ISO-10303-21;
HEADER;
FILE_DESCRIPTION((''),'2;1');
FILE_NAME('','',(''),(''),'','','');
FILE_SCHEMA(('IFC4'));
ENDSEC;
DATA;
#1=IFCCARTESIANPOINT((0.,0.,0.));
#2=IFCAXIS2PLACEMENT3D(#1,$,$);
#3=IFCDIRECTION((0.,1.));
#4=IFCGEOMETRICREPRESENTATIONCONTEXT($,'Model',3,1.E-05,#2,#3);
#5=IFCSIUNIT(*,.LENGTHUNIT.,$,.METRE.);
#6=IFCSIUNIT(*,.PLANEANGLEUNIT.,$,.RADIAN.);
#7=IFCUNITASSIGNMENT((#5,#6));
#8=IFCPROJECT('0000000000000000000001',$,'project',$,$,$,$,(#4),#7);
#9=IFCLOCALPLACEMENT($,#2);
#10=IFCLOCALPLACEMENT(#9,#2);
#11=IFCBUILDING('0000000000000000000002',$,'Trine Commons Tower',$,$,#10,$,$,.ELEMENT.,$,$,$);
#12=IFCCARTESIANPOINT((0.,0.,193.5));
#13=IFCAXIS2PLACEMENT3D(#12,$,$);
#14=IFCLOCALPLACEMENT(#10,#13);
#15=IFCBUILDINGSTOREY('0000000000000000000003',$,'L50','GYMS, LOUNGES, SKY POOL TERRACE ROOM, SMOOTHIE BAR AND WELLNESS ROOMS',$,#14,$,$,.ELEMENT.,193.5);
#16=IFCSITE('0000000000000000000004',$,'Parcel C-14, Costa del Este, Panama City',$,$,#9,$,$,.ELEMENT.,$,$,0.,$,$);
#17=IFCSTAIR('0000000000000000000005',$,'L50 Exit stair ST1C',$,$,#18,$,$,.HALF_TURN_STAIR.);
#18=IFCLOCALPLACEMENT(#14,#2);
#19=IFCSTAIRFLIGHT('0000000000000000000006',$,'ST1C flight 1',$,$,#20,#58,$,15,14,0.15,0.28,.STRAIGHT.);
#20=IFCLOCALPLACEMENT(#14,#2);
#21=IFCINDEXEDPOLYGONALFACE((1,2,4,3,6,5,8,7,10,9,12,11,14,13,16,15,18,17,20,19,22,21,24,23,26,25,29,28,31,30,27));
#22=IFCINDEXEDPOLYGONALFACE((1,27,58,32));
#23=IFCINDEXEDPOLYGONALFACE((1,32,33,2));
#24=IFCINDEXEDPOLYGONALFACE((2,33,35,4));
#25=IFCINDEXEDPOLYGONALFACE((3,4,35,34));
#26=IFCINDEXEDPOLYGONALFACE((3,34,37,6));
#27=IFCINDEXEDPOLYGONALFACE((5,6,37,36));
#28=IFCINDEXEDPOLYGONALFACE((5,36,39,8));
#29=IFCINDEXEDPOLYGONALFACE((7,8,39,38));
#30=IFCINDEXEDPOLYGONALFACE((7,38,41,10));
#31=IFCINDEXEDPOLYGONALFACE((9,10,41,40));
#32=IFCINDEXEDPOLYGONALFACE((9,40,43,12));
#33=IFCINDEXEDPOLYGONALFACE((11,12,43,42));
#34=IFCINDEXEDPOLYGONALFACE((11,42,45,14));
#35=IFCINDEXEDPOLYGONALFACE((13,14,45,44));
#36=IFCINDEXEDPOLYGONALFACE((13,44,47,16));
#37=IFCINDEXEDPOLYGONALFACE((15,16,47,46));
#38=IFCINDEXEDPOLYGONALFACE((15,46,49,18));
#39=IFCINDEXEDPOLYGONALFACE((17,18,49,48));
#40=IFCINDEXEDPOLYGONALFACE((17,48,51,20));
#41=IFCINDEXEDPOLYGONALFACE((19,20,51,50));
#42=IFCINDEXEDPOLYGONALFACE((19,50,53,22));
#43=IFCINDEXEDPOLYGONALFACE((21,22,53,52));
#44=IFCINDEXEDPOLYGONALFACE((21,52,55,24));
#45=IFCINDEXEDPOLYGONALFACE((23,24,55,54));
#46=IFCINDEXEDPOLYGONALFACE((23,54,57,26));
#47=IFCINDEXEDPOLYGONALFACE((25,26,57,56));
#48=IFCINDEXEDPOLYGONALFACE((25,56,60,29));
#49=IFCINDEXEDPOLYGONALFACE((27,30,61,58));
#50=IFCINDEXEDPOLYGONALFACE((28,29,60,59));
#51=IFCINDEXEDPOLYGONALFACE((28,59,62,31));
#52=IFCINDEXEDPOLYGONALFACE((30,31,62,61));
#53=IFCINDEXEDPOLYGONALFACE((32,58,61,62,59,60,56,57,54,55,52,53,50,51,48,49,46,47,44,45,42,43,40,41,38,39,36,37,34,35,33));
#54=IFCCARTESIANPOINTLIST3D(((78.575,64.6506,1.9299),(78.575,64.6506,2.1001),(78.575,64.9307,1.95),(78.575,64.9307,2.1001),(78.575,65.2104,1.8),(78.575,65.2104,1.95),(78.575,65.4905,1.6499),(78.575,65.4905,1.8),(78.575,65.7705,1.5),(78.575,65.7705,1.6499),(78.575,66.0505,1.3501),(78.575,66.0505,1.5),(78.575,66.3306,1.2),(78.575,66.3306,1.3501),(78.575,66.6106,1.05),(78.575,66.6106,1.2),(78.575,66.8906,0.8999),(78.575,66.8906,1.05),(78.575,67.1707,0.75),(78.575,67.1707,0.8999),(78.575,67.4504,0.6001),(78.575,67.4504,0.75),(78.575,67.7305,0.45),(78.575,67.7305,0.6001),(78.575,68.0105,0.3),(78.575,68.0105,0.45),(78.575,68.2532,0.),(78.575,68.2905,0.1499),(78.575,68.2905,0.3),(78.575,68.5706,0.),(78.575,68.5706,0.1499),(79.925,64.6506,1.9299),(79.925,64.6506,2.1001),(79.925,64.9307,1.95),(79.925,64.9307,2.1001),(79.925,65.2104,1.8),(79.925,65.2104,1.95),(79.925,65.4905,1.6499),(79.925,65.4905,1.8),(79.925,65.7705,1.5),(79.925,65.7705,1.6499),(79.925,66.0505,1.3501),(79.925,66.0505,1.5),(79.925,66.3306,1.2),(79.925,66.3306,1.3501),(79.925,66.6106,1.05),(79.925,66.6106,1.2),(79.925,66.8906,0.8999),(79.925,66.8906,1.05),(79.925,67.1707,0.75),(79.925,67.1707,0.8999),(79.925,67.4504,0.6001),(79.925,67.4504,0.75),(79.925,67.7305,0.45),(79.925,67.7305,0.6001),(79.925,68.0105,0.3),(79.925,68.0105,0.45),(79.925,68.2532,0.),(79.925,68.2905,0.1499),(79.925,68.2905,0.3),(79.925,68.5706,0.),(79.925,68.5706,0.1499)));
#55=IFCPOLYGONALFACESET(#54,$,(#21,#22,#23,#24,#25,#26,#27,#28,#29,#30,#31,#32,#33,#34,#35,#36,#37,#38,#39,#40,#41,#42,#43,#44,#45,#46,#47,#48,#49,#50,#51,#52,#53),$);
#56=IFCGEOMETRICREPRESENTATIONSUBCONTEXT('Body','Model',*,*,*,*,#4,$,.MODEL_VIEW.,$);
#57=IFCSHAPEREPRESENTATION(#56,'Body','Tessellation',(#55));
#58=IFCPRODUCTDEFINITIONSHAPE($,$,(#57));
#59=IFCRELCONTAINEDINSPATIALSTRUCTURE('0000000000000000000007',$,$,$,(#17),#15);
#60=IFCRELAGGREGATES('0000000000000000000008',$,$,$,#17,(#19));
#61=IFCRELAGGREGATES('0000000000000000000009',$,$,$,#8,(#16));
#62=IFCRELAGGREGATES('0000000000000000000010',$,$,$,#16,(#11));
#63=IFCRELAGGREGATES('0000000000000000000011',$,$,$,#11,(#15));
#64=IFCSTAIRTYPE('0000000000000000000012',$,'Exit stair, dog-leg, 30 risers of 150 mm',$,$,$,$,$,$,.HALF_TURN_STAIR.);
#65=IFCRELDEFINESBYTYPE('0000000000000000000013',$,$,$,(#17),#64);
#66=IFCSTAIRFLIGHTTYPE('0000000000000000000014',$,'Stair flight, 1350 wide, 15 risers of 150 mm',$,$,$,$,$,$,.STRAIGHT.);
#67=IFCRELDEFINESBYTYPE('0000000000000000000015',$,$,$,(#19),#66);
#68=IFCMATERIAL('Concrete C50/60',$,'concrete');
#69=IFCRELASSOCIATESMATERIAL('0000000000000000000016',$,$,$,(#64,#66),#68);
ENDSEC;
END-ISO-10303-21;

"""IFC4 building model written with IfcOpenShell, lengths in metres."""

from ifc_helpers import new_model, si_unit, direction, frame, origin, place, context, subcontext, project, spatial, polyline, outline, extrude, material, type_object, element, aggregate, save


model = new_model("IFC4")

# Units and contexts
model_context = context("Model", 3, precision=1e-05, world=origin(), true_north=direction((0.0, 1.0)))
body_context = subcontext(model_context, "Body", "Model", "MODEL_VIEW")
ifc_project = project(units=[si_unit("LENGTHUNIT", "METRE"), si_unit("PLANEANGLEUNIT", "RADIAN")], contexts=[model_context])

# Site, building, storey
site_placement = place(None, origin())
site = spatial("IfcSite", under=ifc_project, at=site_placement, Name="Parcel C-14, Costa del Este, Panama City", CompositionType="ELEMENT", RefElevation=0.0)
building_placement = place(site_placement, origin())
building = spatial("IfcBuilding", under=site, at=building_placement, Name="Trine Commons Tower", CompositionType="ELEMENT")
storey_placement = place(building_placement, frame((0.0, 0.0, 193.5)))
storey = spatial("IfcBuildingStorey", under=building, at=storey_placement, Name="L50", Description="GYMS, LOUNGES, SKY POOL TERRACE ROOM, SMOOTHIE BAR AND WELLNESS ROOMS", CompositionType="ELEMENT", Elevation=193.5)

# Stair, stair flight
ifc_material_1 = material(Name="Concrete C50/60", Category="concrete")
stair_type = type_object("IfcStairType", Name="Exit stair, dog-leg, 30 risers of 150 mm", PredefinedType="HALF_TURN_STAIR", material=ifc_material_1)
stair_placement = place(storey_placement, origin())
stair = element("IfcStair", 1, at=stair_placement, inside=storey, type_object=stair_type, Name="L50 Exit stair ST1C", PredefinedType="HALF_TURN_STAIR")
stair_flight_type = type_object("IfcStairFlightType", Name="Stair flight, 1350 wide, 15 risers of 150 mm", PredefinedType="STRAIGHT", material=ifc_material_1)
stair_flight_placement = place(storey_placement, frame((79.25, 68.5706, 0.0), z_axis=(0.0, 0.0, 1.0), x_axis=(0.0, -1.0, 0.0)))
stair_flight = element("IfcStairFlight", 2, at=stair_flight_placement, type_object=stair_flight_type, Name="ST1C flight 1", NumberOfRisers=15, NumberOfTreads=14, PredefinedType="STRAIGHT", RiserHeight=0.15, TreadLength=0.28, context=body_context, shape_type="SweptSolid", body=[
    extrude(outline(polyline([(0.0, 0.0), (0.0, 0.1499), (0.28, 0.1499), (0.28, 0.3), (0.5601, 0.3), (0.5601, 0.45), (0.8401, 0.45), (0.8401, 0.6001), (1.1201, 0.6001), (1.1201, 0.75), (1.3999, 0.75), (1.3999, 0.8999), (1.6799, 0.8999), (1.6799, 1.05), (1.96, 1.05), (1.96, 1.2), (2.24, 1.2), (2.24, 1.3501), (2.52, 1.3501), (2.52, 1.5), (2.8, 1.5), (2.8, 1.6499), (3.0801, 1.6499), (3.0801, 1.8), (3.3601, 1.8), (3.3601, 1.95), (3.6399, 1.95), (3.6399, 2.1001), (3.9199, 2.1001), (3.9199, 2.25), (3.9199, 1.9299), (0.3174, 0.0), (0.0, 0.0)])), frame((0.0, 0.675, 0.0), z_axis=(0.0, -1.0, 0.0), x_axis=(1.0, 0.0, 0.0)), (0.0, 0.0, 1.0), 1.3501),
])
aggregate(stair, [stair_flight])

save(model, "model.ifc")
